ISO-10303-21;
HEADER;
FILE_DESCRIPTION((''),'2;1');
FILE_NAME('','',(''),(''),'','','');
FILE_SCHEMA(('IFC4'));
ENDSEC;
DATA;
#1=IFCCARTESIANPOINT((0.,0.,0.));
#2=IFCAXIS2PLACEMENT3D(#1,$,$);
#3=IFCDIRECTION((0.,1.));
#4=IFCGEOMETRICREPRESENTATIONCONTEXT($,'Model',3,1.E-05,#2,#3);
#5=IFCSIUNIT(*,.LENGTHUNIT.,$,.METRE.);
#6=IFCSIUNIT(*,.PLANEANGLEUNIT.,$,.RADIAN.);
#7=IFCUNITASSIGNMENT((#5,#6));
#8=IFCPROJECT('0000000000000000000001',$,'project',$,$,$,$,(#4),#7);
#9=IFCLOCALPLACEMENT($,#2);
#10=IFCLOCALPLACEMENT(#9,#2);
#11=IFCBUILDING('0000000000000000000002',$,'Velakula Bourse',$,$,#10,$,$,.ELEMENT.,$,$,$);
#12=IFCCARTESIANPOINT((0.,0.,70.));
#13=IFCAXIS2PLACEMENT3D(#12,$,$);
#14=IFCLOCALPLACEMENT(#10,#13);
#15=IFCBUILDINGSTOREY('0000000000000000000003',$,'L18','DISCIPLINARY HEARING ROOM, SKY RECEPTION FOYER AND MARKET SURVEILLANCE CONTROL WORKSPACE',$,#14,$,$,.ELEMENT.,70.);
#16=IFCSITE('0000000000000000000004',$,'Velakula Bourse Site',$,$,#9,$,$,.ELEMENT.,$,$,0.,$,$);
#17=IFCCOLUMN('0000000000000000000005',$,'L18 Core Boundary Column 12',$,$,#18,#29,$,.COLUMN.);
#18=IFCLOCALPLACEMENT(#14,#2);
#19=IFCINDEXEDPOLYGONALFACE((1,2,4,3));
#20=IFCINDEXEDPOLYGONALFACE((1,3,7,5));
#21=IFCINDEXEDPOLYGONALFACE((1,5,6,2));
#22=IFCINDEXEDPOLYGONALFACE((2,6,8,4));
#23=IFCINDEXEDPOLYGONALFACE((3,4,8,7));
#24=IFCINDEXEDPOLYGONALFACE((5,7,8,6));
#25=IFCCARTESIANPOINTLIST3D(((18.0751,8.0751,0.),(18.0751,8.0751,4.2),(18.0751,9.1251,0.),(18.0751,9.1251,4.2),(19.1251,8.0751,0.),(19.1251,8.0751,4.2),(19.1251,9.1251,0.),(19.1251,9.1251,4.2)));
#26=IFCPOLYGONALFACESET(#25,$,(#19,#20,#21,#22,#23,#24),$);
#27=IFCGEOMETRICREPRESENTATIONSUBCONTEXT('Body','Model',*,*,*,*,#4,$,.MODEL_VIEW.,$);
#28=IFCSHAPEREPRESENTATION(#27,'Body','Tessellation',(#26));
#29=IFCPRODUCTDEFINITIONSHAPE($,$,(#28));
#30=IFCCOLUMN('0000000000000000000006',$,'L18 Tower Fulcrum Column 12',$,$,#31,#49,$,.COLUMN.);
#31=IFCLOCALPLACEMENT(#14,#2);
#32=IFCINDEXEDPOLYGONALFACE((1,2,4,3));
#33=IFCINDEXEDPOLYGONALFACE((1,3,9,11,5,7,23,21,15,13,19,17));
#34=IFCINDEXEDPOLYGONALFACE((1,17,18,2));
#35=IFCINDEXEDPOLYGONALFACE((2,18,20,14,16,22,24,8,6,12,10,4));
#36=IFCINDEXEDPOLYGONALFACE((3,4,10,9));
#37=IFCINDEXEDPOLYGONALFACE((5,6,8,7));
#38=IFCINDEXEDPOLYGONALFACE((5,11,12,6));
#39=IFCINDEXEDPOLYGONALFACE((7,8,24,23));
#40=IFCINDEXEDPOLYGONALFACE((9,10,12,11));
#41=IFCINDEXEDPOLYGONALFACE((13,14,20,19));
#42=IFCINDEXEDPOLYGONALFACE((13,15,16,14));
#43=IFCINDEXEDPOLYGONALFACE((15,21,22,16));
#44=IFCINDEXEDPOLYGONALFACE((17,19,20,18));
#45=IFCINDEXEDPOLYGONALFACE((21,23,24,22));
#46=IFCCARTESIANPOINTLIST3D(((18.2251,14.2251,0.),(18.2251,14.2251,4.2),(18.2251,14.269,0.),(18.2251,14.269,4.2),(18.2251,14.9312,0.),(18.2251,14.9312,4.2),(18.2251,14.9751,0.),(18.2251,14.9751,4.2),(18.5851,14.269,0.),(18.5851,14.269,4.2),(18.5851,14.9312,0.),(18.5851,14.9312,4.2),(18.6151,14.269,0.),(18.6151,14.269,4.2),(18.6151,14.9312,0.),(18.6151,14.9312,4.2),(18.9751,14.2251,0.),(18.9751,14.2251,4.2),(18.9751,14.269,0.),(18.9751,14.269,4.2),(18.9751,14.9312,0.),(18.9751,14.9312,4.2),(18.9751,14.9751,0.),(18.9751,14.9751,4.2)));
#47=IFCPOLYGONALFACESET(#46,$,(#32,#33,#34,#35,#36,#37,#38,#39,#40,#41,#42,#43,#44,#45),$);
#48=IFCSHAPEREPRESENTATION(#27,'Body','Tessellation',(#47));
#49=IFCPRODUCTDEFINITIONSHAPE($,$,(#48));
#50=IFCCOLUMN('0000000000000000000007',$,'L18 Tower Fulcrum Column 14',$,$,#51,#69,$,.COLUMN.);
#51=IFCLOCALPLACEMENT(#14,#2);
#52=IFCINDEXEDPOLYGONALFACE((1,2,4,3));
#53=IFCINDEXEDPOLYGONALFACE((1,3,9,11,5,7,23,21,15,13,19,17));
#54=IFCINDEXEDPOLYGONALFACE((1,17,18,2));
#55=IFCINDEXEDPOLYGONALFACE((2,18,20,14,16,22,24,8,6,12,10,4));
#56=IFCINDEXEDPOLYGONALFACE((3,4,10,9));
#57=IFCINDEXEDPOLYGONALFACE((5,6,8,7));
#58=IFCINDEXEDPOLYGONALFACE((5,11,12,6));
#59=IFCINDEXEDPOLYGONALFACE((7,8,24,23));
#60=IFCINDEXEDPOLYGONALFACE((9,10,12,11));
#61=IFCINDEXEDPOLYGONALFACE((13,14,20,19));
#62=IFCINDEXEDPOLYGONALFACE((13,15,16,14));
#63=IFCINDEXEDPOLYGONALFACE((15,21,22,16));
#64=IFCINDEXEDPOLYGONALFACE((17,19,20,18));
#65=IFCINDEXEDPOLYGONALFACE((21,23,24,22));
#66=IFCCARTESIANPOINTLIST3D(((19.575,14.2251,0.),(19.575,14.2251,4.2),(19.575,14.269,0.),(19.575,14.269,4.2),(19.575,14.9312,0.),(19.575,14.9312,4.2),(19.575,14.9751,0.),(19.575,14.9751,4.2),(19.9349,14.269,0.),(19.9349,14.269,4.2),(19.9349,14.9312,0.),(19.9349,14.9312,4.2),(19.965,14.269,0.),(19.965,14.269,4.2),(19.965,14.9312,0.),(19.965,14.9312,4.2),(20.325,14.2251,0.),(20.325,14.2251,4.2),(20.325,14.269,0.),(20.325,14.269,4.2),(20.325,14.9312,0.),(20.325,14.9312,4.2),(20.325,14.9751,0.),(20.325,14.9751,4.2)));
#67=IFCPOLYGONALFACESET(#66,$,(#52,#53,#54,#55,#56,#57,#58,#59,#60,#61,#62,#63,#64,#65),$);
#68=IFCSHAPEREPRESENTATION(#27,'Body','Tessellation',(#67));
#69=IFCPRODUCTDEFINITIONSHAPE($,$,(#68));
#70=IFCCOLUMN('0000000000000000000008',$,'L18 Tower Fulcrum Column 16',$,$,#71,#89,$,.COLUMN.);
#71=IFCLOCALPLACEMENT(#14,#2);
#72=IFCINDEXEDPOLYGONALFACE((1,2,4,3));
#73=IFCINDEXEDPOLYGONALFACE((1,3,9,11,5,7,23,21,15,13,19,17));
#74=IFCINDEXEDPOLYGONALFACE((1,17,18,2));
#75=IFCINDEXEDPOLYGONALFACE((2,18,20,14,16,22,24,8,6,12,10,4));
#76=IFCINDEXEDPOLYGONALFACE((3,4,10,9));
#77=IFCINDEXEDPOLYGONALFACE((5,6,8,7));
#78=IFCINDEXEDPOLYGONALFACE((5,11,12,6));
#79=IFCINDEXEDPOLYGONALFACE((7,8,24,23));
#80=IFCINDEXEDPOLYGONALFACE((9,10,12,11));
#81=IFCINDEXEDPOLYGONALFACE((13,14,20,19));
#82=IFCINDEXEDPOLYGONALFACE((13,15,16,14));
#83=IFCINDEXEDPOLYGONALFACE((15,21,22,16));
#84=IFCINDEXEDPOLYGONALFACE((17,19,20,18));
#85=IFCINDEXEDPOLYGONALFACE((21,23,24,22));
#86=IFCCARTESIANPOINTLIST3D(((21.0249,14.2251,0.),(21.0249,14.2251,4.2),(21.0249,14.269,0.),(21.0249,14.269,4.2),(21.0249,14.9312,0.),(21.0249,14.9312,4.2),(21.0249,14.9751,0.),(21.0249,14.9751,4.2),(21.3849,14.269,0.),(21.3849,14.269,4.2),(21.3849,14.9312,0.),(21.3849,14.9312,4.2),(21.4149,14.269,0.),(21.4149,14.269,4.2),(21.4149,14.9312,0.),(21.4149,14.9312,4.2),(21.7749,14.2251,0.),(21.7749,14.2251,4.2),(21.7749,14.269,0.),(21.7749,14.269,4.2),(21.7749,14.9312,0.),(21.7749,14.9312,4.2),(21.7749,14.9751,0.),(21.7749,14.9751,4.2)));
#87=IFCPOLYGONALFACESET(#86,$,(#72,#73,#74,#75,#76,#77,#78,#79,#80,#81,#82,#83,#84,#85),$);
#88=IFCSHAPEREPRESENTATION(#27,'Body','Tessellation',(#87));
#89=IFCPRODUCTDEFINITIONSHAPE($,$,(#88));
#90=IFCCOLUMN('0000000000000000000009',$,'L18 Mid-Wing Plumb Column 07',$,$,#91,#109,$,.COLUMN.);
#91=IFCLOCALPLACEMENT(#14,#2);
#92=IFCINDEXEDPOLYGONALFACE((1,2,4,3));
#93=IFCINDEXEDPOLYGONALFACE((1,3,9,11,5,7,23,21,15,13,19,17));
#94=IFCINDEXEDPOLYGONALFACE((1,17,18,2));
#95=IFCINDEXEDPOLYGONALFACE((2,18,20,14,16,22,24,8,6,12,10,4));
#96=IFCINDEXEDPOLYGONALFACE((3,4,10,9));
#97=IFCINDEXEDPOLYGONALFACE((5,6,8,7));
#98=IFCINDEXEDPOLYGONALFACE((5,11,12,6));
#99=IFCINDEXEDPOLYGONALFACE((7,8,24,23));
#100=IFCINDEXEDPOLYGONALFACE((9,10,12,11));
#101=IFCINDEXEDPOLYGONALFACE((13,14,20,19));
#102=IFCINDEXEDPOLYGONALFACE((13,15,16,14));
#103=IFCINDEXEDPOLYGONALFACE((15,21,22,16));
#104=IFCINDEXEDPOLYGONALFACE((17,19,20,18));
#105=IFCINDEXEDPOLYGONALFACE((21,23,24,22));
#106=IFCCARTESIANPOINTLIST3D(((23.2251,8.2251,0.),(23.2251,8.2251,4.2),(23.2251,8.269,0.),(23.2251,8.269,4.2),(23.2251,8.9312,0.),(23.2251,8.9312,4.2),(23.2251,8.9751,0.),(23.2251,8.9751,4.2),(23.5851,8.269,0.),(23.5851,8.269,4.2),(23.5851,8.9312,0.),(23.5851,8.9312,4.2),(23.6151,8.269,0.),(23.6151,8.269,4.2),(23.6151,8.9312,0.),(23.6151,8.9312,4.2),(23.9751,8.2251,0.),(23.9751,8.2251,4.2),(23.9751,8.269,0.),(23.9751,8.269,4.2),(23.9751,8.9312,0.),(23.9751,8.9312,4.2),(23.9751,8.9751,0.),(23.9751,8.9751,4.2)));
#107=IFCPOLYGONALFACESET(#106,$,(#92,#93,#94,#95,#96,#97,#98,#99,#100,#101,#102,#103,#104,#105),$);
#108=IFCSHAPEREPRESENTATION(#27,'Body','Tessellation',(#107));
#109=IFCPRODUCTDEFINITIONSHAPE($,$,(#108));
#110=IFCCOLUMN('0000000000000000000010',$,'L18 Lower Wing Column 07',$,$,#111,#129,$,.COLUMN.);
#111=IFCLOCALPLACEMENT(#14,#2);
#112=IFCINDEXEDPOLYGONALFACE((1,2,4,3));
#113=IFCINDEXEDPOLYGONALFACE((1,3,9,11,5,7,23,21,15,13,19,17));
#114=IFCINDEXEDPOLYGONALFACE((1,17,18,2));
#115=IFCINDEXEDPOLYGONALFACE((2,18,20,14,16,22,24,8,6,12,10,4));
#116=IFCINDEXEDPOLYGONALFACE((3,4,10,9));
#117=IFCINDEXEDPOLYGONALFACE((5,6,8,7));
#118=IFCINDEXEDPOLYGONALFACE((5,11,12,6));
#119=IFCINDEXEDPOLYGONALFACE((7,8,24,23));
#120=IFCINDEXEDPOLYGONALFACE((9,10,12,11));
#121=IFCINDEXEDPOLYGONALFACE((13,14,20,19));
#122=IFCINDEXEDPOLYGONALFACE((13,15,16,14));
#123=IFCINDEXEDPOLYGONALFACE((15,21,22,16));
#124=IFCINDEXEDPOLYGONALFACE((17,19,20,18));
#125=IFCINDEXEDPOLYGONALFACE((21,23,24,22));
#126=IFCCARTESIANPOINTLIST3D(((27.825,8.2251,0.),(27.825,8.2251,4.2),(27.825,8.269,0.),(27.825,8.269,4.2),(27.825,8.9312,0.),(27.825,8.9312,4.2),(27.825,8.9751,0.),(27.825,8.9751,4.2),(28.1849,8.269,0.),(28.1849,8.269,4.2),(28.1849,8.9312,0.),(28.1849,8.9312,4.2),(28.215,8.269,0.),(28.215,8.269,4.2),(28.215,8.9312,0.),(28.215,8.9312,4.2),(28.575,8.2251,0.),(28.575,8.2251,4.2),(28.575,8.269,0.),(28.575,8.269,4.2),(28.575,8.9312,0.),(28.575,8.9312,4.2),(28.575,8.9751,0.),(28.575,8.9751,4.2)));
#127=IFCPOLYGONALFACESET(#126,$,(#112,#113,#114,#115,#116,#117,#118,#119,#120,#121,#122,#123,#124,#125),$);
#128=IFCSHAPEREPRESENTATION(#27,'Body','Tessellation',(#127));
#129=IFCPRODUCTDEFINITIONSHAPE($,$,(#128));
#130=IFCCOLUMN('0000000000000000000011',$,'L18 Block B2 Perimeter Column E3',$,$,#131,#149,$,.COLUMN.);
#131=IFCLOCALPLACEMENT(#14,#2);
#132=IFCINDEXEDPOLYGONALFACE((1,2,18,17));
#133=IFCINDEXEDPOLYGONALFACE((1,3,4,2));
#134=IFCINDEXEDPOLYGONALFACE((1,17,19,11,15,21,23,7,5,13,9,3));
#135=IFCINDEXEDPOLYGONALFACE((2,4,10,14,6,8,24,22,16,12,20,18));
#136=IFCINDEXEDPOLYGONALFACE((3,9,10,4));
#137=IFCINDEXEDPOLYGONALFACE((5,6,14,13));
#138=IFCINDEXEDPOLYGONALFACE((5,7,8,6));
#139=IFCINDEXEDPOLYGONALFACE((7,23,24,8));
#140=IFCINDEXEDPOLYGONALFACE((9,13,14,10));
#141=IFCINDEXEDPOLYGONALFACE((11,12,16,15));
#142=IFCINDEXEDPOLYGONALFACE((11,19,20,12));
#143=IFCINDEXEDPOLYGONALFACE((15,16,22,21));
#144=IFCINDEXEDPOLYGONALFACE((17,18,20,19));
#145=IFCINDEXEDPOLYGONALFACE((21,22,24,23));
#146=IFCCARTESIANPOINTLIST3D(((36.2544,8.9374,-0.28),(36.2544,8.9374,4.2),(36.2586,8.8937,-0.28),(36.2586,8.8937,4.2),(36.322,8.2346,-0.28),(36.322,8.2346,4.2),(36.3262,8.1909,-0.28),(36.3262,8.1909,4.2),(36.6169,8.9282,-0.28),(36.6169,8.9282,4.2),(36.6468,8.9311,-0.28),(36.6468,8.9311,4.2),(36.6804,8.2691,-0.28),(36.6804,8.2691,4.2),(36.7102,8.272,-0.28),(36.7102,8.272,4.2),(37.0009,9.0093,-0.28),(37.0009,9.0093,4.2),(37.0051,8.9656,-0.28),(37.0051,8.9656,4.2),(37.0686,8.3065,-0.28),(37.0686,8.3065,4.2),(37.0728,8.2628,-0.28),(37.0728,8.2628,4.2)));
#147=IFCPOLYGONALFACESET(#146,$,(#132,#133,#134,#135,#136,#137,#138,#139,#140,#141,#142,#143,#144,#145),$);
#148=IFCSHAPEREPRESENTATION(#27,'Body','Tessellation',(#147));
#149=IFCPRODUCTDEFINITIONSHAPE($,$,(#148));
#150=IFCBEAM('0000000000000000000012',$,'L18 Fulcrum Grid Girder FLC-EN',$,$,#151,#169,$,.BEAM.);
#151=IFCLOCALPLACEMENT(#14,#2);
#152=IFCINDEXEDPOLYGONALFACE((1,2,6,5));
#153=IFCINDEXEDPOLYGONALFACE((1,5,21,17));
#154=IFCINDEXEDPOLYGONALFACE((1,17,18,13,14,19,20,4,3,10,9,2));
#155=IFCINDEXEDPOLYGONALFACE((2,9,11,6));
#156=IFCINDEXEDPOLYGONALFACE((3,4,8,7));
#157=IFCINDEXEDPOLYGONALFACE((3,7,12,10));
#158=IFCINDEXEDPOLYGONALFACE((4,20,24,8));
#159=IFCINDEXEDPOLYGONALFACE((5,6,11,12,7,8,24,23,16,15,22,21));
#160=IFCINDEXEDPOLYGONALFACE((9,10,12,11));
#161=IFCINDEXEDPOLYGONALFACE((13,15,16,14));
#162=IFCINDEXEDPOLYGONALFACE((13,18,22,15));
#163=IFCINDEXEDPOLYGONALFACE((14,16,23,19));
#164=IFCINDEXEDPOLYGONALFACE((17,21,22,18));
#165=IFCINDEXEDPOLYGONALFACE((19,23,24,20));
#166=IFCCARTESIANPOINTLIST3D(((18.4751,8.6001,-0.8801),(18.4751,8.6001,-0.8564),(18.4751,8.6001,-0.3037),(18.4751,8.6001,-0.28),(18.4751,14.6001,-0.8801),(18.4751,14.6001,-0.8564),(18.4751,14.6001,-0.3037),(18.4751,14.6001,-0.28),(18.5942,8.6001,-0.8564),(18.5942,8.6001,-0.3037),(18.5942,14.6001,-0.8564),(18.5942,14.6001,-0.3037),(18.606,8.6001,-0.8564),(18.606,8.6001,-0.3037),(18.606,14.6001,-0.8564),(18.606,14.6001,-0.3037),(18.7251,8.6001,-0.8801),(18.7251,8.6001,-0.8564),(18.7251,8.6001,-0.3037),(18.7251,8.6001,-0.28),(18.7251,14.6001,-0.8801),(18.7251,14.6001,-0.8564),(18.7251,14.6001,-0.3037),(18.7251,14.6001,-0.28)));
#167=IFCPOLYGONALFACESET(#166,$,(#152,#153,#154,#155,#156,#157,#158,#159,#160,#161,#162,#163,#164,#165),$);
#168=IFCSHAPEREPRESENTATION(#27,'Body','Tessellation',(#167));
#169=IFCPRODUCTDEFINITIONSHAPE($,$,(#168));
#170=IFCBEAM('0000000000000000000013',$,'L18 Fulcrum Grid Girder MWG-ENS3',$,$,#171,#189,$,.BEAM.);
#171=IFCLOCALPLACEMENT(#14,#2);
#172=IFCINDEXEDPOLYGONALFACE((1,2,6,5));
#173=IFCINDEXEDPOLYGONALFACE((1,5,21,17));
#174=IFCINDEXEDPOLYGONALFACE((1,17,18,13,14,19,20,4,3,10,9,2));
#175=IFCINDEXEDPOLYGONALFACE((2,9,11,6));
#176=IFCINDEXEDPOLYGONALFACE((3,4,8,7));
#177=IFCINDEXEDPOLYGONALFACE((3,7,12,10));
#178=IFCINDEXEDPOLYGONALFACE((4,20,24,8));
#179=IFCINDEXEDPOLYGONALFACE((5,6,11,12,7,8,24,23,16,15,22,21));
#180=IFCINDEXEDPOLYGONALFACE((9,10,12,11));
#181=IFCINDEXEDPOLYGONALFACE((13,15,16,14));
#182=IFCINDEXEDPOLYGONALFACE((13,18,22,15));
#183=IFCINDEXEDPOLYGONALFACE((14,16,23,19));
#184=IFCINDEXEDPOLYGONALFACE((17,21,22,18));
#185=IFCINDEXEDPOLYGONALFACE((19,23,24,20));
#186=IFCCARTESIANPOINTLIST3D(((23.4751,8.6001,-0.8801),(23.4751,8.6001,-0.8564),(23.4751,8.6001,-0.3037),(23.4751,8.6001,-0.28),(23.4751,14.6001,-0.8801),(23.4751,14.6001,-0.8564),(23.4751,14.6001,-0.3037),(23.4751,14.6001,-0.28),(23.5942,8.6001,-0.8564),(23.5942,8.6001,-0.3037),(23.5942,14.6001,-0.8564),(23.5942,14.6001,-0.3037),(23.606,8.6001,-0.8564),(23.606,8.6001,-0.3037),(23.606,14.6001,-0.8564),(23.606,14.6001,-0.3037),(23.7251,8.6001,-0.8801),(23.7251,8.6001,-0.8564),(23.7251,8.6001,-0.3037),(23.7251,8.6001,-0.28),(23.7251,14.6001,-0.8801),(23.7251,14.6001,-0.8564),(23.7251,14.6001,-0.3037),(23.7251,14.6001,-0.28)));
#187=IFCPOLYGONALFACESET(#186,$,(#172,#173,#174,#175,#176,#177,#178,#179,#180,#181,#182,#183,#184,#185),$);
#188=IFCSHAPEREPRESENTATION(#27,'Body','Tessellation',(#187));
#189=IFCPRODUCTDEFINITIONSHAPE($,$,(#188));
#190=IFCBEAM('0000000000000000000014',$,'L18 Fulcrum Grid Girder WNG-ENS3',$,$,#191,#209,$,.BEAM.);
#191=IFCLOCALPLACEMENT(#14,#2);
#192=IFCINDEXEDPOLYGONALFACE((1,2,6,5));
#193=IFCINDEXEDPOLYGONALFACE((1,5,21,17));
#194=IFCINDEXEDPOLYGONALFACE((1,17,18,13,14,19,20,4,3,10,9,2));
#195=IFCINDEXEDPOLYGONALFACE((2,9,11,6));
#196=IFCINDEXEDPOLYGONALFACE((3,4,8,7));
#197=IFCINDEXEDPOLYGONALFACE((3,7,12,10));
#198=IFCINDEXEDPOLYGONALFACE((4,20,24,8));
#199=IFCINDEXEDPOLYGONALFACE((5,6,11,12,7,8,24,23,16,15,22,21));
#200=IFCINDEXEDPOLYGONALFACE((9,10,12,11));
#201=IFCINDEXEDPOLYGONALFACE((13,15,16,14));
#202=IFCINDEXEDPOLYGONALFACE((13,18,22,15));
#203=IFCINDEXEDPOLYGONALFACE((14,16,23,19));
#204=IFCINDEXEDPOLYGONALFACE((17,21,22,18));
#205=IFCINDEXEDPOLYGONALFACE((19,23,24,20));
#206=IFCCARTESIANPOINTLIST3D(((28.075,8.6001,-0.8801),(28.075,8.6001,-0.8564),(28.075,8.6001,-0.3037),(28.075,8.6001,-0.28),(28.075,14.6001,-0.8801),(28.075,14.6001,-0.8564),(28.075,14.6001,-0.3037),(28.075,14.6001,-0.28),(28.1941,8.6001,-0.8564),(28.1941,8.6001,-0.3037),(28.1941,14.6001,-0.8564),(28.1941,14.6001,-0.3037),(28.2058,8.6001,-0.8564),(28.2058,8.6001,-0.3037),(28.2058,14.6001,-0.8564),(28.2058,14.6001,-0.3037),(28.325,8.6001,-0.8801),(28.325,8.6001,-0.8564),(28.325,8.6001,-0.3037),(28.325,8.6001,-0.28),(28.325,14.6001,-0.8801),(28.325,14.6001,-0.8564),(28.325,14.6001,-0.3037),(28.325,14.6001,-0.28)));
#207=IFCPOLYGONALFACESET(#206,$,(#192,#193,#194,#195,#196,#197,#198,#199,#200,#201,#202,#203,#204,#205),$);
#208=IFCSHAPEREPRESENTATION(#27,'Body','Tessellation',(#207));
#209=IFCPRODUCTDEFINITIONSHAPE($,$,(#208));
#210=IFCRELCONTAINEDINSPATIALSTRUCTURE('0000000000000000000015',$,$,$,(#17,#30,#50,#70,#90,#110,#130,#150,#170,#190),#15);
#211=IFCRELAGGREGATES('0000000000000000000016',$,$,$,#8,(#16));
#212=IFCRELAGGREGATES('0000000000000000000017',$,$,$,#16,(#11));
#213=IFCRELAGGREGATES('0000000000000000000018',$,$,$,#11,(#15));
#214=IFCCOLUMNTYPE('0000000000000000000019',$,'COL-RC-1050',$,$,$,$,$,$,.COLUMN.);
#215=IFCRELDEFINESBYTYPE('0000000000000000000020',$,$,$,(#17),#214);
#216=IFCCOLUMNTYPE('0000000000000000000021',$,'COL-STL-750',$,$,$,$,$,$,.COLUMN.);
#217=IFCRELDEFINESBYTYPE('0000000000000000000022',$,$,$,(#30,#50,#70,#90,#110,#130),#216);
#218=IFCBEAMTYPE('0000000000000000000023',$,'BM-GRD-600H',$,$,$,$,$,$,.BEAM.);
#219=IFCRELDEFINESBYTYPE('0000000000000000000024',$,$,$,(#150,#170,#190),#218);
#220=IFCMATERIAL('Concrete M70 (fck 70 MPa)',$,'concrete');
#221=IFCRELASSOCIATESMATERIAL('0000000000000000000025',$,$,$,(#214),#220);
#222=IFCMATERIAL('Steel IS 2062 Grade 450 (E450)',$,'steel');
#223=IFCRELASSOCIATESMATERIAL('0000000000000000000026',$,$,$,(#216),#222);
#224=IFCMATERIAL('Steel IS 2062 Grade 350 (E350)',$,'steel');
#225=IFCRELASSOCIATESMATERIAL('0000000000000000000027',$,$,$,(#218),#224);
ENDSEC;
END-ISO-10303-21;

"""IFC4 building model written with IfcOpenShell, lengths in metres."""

from ifc_helpers import new_model, si_unit, direction, frame, origin, origin_2d, place, context, subcontext, project, spatial, rectangle, i_section, extrude, material, material_profile, profile_set, type_object, element, save


model = new_model("IFC4")

# Units and contexts
model_context = context("Model", 3, precision=1e-05, world=origin(), true_north=direction((0.0, 1.0)))
body_context = subcontext(model_context, "Body", "Model", "MODEL_VIEW")
ifc_project = project(units=[si_unit("LENGTHUNIT", "METRE"), si_unit("PLANEANGLEUNIT", "RADIAN")], contexts=[model_context])

# Site, building, storey
site_placement = place(None, origin())
site = spatial("IfcSite", under=ifc_project, at=site_placement, Name="Velakula Bourse Site", CompositionType="ELEMENT", RefElevation=0.0)
building_placement = place(site_placement, origin())
building = spatial("IfcBuilding", under=site, at=building_placement, Name="Velakula Bourse", CompositionType="ELEMENT")
storey_placement = place(building_placement, frame((0.0, 0.0, 70.0)))
storey = spatial("IfcBuildingStorey", under=building, at=storey_placement, Name="L18", Description="DISCIPLINARY HEARING ROOM, SKY RECEPTION FOYER AND MARKET SURVEILLANCE CONTROL WORKSPACE", CompositionType="ELEMENT", Elevation=70.0)

# Columns
ifc_material_1 = material(Name="Concrete M70 (fck 70 MPa)", Category="concrete")
ifc_material_profile_1 = material_profile(ifc_material_1, rectangle(XDim=1.05, YDim=1.05, at=origin_2d()), Name="Concrete M70 (fck 70 MPa)")
ifc_profile_set_1 = profile_set([ifc_material_profile_1], Name="Concrete M70 (fck 70 MPa)")
column_type_1 = type_object("IfcColumnType", Name="COL-RC-1050", PredefinedType="COLUMN", material=ifc_profile_set_1)
column_1_placement = place(storey_placement, frame((18.6001, 8.6001, 0.0), z_axis=(0.0, 0.0, 1.0), x_axis=(1.0, 0.0, 0.0)))
element("IfcColumn", 1, at=column_1_placement, inside=storey, type_object=column_type_1, Name="L18 Core Boundary Column 12", PredefinedType="COLUMN", context=body_context, shape_type="SweptSolid", body=[
    extrude(rectangle(XDim=1.05, YDim=1.05, at=origin_2d()), origin(), (0.0, 0.0, 1.0), 4.2),
])
ifc_material_2 = material(Name="Steel IS 2062 Grade 450 (E450)", Category="steel")
ifc_material_profile_2 = material_profile(ifc_material_2, i_section(OverallWidth=0.75, OverallDepth=0.75, WebThickness=0.03, FlangeThickness=0.0439, at=origin_2d()), Name="Steel IS 2062 Grade 450 (E450)")
ifc_profile_set_2 = profile_set([ifc_material_profile_2], Name="Steel IS 2062 Grade 450 (E450)")
column_type_2 = type_object("IfcColumnType", Name="COL-STL-750", PredefinedType="COLUMN", material=ifc_profile_set_2)
for number, where, z_axis, x_axis, name in (
    (2, (18.6001, 14.6001, 0.0), (0.0, 0.0, 1.0), (1.0, 0.0, 0.0), "L18 Tower Fulcrum Column 12"),
    (3, (19.95, 14.6001, 0.0), (0.0, 0.0, 1.0), (1.0, 0.0, 0.0), "L18 Tower Fulcrum Column 14"),
    (4, (21.3999, 14.6001, 0.0), (0.0, 0.0, 1.0), (1.0, 0.0, 0.0), "L18 Tower Fulcrum Column 16"),
    (5, (23.6001, 8.6001, 0.0), (0.0, 0.0, 1.0), (1.0, 0.0, 0.0), "L18 Mid-Wing Plumb Column 07"),
    (6, (28.2, 8.6001, 0.0), (0.0, 0.0, 1.0), (1.0, 0.0, 0.0), "L18 Lower Wing Column 07"),
):
    element("IfcColumn", number, at=place(storey_placement, frame(where, z_axis=z_axis, x_axis=x_axis)), inside=storey, type_object=column_type_2, Name=name, PredefinedType="COLUMN", context=body_context, shape_type="SweptSolid", body=[
        extrude(i_section(OverallWidth=0.75, OverallDepth=0.75, WebThickness=0.03, FlangeThickness=0.0439, at=origin_2d()), origin(), (0.0, 0.0, 1.0), 4.2),
    ])
column_2_placement = place(storey_placement, frame((36.6636, 8.6001, -0.28), z_axis=(0.0, 0.0, 1.0), x_axis=(0.995396, 0.095846, 0.0)))
element("IfcColumn", 7, at=column_2_placement, inside=storey, type_object=column_type_2, Name="L18 Block B2 Perimeter Column E3", PredefinedType="COLUMN", context=body_context, shape_type="SweptSolid", body=[
    extrude(i_section(OverallWidth=0.75, OverallDepth=0.75, WebThickness=0.03, FlangeThickness=0.0439, at=origin_2d()), origin(), (0.0, 0.0, 1.0), 4.48),
])

# Beams
ifc_material_3 = material(Name="Steel IS 2062 Grade 350 (E350)", Category="steel")
ifc_material_profile_3 = material_profile(ifc_material_3, i_section(OverallWidth=0.25, OverallDepth=0.6001, WebThickness=0.0117, FlangeThickness=0.0237, at=origin_2d()), Name="Steel IS 2062 Grade 350 (E350)")
ifc_profile_set_3 = profile_set([ifc_material_profile_3], Name="Steel IS 2062 Grade 350 (E350)")
beam_type_1 = type_object("IfcBeamType", Name="BM-GRD-600H", PredefinedType="BEAM", material=ifc_profile_set_3)
for number, where, z_axis, x_axis, name in (
    (8, (18.6001, 8.6001, -0.5801), (0.0, 1.0, 0.0), (-1.0, 0.0, 0.0), "L18 Fulcrum Grid Girder FLC-EN"),
    (9, (23.6001, 8.6001, -0.5801), (0.0, 1.0, 0.0), (-1.0, 0.0, 0.0), "L18 Fulcrum Grid Girder MWG-ENS3"),
    (10, (28.2, 8.6001, -0.5801), (0.0, 1.0, 0.0), (-1.0, 0.0, 0.0), "L18 Fulcrum Grid Girder WNG-ENS3"),
):
    element("IfcBeam", number, at=place(storey_placement, frame(where, z_axis=z_axis, x_axis=x_axis)), inside=storey, type_object=beam_type_1, Name=name, PredefinedType="BEAM", context=body_context, shape_type="SweptSolid", body=[
        extrude(i_section(OverallWidth=0.25, OverallDepth=0.6001, WebThickness=0.0117, FlangeThickness=0.0237, at=origin_2d()), origin(), (0.0, 0.0, 1.0), 6.0),
    ])

save(model, "model.ifc")
